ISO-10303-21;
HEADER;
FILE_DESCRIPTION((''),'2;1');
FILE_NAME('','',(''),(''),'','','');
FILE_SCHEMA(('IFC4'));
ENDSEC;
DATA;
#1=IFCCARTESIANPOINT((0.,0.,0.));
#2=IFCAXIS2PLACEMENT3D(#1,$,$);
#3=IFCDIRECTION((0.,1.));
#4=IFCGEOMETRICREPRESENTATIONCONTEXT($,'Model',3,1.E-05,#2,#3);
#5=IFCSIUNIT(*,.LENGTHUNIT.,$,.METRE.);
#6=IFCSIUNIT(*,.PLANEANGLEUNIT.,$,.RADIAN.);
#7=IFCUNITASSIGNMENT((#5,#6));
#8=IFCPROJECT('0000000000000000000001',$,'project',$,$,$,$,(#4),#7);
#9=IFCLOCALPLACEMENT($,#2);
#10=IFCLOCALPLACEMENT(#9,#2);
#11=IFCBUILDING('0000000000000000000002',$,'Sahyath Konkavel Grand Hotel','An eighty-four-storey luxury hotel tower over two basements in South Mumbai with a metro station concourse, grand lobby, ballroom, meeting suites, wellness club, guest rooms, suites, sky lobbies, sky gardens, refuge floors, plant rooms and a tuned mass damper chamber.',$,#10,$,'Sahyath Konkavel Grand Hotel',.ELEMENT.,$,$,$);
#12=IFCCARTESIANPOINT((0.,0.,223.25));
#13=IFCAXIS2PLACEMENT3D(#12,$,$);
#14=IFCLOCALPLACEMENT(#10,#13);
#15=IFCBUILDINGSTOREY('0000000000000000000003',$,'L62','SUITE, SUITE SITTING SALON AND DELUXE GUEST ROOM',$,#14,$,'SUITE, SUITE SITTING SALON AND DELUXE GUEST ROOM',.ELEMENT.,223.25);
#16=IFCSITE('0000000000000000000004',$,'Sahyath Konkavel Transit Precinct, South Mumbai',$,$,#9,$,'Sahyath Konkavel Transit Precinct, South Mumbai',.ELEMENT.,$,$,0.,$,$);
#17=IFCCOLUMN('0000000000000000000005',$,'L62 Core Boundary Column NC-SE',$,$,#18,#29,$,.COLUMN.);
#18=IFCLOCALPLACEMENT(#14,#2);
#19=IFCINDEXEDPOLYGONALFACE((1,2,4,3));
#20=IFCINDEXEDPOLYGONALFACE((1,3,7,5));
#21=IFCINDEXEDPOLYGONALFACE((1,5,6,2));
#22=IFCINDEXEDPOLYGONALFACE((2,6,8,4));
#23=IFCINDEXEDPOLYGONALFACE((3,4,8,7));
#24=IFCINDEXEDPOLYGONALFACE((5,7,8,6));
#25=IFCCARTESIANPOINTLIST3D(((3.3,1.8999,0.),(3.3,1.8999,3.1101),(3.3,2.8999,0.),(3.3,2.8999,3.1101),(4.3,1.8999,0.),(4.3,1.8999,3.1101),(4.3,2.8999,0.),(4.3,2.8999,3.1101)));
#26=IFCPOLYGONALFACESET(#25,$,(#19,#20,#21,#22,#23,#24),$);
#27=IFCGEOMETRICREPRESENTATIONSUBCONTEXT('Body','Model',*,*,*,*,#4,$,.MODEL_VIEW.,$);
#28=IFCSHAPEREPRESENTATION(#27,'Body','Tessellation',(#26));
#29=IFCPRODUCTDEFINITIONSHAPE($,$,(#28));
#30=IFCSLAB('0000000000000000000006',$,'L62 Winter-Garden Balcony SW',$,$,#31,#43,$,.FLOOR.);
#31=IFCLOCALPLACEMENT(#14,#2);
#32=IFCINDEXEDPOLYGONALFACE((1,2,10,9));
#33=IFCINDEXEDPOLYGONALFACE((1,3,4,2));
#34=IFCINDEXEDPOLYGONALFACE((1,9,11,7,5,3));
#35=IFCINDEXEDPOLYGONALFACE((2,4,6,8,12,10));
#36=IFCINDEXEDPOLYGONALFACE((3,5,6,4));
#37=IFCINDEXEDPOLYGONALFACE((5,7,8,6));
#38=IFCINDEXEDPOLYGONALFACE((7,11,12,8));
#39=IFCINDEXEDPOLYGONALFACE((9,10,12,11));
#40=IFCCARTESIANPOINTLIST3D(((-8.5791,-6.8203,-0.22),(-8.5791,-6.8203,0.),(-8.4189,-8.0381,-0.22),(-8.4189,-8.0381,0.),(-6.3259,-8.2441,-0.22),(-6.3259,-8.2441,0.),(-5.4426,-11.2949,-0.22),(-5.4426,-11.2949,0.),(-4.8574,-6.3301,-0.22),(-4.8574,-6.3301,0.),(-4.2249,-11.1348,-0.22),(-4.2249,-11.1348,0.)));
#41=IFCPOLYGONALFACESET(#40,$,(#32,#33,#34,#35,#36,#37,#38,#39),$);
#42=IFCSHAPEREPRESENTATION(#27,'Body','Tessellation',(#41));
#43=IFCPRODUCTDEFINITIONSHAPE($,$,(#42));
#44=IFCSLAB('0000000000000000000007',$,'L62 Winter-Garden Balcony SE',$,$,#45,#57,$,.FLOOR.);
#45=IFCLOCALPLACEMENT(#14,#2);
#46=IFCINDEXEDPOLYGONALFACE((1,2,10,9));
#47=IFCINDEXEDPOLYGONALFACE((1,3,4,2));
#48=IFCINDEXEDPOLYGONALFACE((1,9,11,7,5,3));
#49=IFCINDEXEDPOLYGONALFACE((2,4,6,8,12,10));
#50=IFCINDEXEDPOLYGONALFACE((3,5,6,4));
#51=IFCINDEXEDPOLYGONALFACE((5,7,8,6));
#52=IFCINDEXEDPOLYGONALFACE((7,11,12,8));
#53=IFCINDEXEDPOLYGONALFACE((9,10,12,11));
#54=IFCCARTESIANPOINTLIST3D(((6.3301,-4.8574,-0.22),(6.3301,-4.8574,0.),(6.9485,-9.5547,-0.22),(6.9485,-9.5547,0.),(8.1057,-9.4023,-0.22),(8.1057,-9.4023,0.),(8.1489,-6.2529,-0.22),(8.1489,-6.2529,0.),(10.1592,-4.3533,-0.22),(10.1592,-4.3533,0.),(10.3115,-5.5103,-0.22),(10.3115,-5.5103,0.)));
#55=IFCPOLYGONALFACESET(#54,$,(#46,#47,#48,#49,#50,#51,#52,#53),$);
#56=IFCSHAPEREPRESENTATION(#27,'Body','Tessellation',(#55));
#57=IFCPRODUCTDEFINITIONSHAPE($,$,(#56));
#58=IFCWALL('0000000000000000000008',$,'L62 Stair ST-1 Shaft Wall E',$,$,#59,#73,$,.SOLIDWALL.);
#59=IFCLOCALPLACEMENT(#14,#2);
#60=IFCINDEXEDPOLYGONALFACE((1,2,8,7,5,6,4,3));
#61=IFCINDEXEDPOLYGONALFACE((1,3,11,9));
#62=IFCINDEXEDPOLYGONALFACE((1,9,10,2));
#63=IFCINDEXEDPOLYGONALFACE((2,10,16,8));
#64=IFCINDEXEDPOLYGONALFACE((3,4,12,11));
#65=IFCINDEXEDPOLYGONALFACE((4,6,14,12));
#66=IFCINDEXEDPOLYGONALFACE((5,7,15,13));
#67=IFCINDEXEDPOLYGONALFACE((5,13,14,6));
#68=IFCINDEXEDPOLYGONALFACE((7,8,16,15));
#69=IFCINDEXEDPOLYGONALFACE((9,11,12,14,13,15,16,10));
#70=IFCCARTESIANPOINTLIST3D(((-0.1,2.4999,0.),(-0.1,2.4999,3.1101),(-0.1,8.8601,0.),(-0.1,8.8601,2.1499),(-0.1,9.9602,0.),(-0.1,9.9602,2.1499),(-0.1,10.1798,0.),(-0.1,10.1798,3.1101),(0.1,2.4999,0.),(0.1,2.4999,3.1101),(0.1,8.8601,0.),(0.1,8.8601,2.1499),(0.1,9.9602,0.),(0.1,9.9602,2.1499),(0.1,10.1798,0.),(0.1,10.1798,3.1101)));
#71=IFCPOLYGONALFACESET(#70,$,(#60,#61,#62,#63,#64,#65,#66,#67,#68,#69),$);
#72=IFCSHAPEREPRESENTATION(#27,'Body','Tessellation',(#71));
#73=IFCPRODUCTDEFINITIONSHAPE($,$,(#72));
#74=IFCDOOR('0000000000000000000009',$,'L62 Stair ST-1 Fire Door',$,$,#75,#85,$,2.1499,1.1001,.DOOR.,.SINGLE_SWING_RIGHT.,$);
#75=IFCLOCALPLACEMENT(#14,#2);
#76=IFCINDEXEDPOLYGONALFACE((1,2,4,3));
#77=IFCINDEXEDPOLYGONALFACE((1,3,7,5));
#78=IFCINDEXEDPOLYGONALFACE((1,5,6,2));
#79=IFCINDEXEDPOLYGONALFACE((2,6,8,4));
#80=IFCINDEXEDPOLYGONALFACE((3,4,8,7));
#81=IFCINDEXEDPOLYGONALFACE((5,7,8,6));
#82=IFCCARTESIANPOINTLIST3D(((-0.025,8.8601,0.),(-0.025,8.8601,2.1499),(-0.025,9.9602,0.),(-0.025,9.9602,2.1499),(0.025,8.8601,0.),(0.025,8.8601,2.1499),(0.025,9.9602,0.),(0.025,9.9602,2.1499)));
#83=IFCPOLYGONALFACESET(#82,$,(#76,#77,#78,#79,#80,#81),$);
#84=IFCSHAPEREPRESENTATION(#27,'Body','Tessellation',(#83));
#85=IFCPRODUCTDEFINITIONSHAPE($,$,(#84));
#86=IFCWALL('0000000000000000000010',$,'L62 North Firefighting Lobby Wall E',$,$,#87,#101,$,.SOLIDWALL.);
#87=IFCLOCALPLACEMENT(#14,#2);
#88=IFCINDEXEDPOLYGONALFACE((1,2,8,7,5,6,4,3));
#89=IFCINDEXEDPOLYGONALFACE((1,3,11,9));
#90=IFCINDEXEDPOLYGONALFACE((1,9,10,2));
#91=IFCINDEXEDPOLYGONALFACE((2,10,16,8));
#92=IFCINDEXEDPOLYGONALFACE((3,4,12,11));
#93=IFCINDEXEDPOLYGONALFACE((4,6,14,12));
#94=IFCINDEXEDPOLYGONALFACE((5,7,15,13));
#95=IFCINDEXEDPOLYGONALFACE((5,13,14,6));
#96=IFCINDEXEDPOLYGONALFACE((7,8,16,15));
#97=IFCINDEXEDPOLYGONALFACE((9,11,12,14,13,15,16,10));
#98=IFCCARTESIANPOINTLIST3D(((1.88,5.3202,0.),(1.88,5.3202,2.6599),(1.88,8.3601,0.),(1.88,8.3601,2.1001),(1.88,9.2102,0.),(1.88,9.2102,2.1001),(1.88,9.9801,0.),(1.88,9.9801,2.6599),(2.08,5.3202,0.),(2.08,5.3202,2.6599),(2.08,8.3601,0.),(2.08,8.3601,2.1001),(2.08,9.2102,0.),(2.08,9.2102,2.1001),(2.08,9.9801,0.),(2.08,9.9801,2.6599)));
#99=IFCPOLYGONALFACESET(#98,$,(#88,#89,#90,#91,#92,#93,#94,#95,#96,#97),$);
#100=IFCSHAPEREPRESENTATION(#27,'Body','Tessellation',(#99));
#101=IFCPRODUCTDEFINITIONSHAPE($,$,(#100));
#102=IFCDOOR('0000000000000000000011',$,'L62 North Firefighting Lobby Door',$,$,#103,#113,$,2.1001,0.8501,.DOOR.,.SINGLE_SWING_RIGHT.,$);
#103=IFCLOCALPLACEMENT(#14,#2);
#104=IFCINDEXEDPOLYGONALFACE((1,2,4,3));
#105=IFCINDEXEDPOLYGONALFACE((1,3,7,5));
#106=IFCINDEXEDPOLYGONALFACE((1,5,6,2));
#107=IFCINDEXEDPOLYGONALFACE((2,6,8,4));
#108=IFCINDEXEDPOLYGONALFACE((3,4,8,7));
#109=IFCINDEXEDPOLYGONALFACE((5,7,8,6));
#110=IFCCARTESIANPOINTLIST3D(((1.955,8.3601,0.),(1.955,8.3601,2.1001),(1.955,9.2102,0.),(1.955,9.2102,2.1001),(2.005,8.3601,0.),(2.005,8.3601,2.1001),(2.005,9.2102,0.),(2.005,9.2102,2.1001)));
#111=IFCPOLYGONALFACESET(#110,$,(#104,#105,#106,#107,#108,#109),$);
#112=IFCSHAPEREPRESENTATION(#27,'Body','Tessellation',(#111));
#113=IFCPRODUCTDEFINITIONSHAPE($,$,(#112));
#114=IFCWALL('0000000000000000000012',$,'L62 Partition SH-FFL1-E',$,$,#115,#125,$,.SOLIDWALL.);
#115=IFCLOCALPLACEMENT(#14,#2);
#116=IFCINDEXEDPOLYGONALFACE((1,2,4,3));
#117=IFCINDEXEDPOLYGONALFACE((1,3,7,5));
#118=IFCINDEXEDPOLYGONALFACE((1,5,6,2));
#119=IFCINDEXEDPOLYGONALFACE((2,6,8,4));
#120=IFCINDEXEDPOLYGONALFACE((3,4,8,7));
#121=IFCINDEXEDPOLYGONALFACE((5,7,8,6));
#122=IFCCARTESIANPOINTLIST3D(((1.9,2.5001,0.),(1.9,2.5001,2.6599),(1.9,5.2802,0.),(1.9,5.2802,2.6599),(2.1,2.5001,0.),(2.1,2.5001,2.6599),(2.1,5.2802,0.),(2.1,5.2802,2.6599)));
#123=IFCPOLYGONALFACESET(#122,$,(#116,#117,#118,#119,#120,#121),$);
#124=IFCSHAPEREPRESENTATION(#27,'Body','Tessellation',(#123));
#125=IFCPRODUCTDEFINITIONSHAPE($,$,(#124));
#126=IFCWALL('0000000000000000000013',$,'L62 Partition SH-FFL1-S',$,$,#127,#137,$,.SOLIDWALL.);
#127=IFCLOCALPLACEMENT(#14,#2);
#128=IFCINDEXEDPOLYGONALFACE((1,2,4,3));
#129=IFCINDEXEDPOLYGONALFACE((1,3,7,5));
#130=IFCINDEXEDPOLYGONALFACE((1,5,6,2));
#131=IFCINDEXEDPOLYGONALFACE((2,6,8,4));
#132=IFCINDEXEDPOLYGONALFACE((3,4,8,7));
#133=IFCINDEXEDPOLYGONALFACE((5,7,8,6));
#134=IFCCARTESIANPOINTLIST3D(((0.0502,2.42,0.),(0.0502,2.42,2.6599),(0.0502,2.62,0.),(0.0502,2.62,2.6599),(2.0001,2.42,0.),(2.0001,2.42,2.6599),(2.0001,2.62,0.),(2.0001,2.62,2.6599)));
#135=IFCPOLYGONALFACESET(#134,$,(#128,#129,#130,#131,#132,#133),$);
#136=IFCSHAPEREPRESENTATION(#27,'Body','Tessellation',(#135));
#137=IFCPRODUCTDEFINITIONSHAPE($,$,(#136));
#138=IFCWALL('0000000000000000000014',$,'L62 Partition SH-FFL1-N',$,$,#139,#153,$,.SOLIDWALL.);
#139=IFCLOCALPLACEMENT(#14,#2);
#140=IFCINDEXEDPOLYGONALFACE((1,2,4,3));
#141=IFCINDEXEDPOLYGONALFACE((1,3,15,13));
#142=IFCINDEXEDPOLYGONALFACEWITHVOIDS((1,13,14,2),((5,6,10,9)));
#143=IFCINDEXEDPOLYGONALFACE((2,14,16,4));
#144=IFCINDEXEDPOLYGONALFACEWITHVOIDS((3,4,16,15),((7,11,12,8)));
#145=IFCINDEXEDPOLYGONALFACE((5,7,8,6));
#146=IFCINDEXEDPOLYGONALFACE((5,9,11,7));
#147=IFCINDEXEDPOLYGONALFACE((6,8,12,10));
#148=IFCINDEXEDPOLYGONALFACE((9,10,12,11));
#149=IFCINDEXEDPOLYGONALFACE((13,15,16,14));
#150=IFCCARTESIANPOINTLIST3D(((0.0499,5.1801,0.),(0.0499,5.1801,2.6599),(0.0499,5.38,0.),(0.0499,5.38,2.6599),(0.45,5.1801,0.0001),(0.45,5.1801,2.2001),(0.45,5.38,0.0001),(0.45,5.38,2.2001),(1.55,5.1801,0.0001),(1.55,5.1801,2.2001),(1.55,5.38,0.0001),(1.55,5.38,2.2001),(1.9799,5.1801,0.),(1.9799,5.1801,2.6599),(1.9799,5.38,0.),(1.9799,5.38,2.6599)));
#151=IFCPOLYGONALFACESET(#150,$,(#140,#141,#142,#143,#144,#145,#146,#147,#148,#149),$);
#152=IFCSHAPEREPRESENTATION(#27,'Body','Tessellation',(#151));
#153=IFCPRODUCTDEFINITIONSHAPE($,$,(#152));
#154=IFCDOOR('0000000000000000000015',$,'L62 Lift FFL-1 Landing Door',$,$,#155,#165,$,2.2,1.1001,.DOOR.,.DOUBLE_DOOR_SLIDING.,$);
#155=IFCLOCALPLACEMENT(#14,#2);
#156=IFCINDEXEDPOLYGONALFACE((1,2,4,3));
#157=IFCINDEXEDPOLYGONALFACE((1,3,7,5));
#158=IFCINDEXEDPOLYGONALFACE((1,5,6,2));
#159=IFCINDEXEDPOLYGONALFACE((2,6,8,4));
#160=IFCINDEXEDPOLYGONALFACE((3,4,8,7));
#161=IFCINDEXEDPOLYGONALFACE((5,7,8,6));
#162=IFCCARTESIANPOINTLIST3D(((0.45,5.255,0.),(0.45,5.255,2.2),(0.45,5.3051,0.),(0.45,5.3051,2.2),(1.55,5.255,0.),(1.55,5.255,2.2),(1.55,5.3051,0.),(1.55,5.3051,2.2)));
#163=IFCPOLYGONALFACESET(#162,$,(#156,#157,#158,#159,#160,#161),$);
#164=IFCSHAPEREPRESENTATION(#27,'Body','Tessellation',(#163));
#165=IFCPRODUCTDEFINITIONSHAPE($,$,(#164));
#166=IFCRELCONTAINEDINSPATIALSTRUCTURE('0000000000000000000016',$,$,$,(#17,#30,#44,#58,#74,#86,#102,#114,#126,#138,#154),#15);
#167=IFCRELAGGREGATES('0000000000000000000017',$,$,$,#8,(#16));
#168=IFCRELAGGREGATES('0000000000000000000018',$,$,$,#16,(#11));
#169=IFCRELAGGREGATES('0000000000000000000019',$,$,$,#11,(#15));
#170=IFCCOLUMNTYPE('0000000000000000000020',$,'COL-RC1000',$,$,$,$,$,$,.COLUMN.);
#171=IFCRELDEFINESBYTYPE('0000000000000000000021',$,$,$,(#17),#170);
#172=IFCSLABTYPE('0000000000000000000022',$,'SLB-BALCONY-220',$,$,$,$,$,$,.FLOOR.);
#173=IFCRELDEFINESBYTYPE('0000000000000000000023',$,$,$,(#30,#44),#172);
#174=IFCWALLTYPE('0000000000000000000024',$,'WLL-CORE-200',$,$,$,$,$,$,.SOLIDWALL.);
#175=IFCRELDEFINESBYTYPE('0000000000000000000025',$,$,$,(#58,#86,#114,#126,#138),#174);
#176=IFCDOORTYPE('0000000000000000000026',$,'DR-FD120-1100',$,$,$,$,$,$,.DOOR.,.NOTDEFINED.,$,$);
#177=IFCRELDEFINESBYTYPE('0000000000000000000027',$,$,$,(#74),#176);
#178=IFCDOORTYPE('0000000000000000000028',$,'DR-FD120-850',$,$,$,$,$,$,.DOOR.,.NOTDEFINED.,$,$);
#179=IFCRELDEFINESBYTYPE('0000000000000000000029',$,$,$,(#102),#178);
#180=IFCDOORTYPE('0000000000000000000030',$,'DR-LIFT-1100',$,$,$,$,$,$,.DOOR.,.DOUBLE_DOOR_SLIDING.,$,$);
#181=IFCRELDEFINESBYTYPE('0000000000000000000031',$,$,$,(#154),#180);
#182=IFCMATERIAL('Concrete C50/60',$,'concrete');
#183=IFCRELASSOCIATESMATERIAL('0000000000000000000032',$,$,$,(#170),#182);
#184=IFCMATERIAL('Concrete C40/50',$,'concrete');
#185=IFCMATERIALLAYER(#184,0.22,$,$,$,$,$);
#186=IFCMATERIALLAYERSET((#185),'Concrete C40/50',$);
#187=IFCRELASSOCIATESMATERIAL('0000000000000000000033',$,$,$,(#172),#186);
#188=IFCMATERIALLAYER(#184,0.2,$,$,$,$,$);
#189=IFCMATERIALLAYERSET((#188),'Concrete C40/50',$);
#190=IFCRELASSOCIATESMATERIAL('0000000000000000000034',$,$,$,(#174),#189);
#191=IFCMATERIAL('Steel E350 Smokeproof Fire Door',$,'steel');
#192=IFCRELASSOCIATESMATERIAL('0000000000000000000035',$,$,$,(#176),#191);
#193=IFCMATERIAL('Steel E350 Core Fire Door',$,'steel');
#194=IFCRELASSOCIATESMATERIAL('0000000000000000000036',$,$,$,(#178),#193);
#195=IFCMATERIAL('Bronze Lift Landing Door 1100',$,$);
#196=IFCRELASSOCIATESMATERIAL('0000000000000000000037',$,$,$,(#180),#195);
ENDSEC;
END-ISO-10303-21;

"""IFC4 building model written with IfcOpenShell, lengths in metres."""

from ifc_helpers import new_model, si_unit, direction, frame, frame_2d, origin, origin_2d, place, context, subcontext, project, spatial, polyline, rectangle, outline, extrude, source, transform, mapped, material, layer, layer_set, material_profile, profile_set, type_object, element, fill, save


model = new_model("IFC4")

# Units and contexts
model_context = context("Model", 3, precision=1e-05, world=origin(), true_north=direction((0.0, 1.0)))
body_context = subcontext(model_context, "Body", "Model", "MODEL_VIEW")
ifc_project = project(units=[si_unit("LENGTHUNIT", "METRE"), si_unit("PLANEANGLEUNIT", "RADIAN")], contexts=[model_context])

# Site, building, storey
site_placement = place(None, origin())
site = spatial("IfcSite", under=ifc_project, at=site_placement, Name="Sahyath Konkavel Transit Precinct, South Mumbai", LongName="Sahyath Konkavel Transit Precinct, South Mumbai", CompositionType="ELEMENT", RefElevation=0.0)
building_placement = place(site_placement, origin())
building = spatial("IfcBuilding", under=site, at=building_placement, Name="Sahyath Konkavel Grand Hotel", Description="An eighty-four-storey luxury hotel tower over two basements in South Mumbai with a metro station concourse, grand lobby, ballroom, meeting suites, wellness club, guest rooms, suites, sky lobbies, sky gardens, refuge floors, plant rooms and a tuned mass damper chamber.", LongName="Sahyath Konkavel Grand Hotel", CompositionType="ELEMENT")
storey_placement = place(building_placement, frame((0.0, 0.0, 223.25)))
storey = spatial("IfcBuildingStorey", under=building, at=storey_placement, Name="L62", Description="SUITE, SUITE SITTING SALON AND DELUXE GUEST ROOM", LongName="SUITE, SUITE SITTING SALON AND DELUXE GUEST ROOM", CompositionType="ELEMENT", Elevation=223.25)

# Column
ifc_material_1 = material(Name="Concrete C50/60", Category="concrete")
ifc_material_profile = material_profile(ifc_material_1, rectangle(XDim=1.0, YDim=1.0, at=origin_2d()), Name="RC 1000x1000")
ifc_profile_set = profile_set([ifc_material_profile], Name="Concrete C50/60")
column_type = type_object("IfcColumnType", Name="COL-RC1000", PredefinedType="COLUMN", material=ifc_profile_set)
shared_shape_1 = source(origin(), body_context, "Body", "SweptSolid", [
    extrude(rectangle(XDim=1.0, YDim=1.0, at=origin_2d()), origin(), (0.0, 0.0, 1.0), 3.1101),
])
column_placement = place(storey_placement, frame((3.8, 2.3999, 0.0), z_axis=(0.0, 0.0, 1.0), x_axis=(1.0, 0.0, 0.0)))
element("IfcColumn", 1, at=column_placement, inside=storey, type_object=column_type, Name="L62 Core Boundary Column NC-SE", PredefinedType="COLUMN", context=body_context, shape_type="MappedRepresentation", body=[
    mapped(shared_shape_1, transform((0.0, 0.0, 0.0), scale=1.0)),
])

# Slabs
ifc_material_2 = material(Name="Concrete C40/50", Category="concrete")
ifc_layer_1 = layer(ifc_material_2, 0.22)
ifc_layer_set_1 = layer_set([ifc_layer_1], Name="Concrete C40/50")
slab_type = type_object("IfcSlabType", Name="SLB-BALCONY-220", PredefinedType="FLOOR", material=ifc_layer_set_1)
slab_1_placement = place(storey_placement, frame((0.0, 0.0, -0.22)))
element("IfcSlab", 2, at=slab_1_placement, inside=storey, type_object=slab_type, Name="L62 Winter-Garden Balcony SW", PredefinedType="FLOOR", context=body_context, shape_type="SweptSolid", body=[
    extrude(outline(polyline([(-4.8574, -6.3301), (-8.5791, -6.8203), (-8.4189, -8.0381), (-6.3259, -8.2441), (-5.4426, -11.2949), (-4.2249, -11.1348), (-4.8574, -6.3301)])), origin(), (0.0, 0.0, 1.0), 0.22),
])
slab_2_placement = place(storey_placement, frame((0.0, 0.0, -0.22)))
element("IfcSlab", 3, at=slab_2_placement, inside=storey, type_object=slab_type, Name="L62 Winter-Garden Balcony SE", PredefinedType="FLOOR", context=body_context, shape_type="SweptSolid", body=[
    extrude(outline(polyline([(6.3301, -4.8574), (6.9485, -9.5547), (8.1057, -9.4023), (8.1489, -6.2529), (10.3115, -5.5103), (10.1592, -4.3533), (6.3301, -4.8574)])), origin(), (0.0, 0.0, 1.0), 0.22),
])

# Walls, openings, doors
ifc_layer_2 = layer(ifc_material_2, 0.2)
ifc_layer_set_2 = layer_set([ifc_layer_2], Name="Concrete C40/50")
wall_type = type_object("IfcWallType", Name="WLL-CORE-200", PredefinedType="SOLIDWALL", material=ifc_layer_set_2)
wall_1_placement = place(storey_placement, frame((0.0, 2.5, 0.0), z_axis=(0.0, 0.0, 1.0), x_axis=(0.0, 1.0, 0.0)))
wall_1 = element("IfcWall", 4, at=wall_1_placement, inside=storey, type_object=wall_type, Name="L62 Stair ST-1 Shaft Wall E", PredefinedType="SOLIDWALL", context=body_context, shape_type="SweptSolid", body=[
    extrude(rectangle(XDim=7.6799, YDim=0.2, at=frame_2d((3.8398, 0.0))), origin(), (0.0, 0.0, 1.0), 3.1101),
])
opening_1_placement = place(wall_1_placement, frame((6.3601, 0.0, 0.0)))
opening_1 = element("IfcOpeningElement", 5, at=opening_1_placement, cuts=wall_1, PredefinedType="OPENING", context=body_context, shape_type="SweptSolid", body=[
    extrude(rectangle(XDim=1.1001, YDim=2.1499, at=frame_2d((0.55, 1.075))), frame((0.0, 0.1099, 0.0), z_axis=(0.0, -1.0, 0.0), x_axis=(1.0, 0.0, 0.0)), (0.0, 0.0, 1.0), 0.22),
])
ifc_material_3 = material(Name="Steel E350 Smokeproof Fire Door", Category="steel")
door_type_1 = type_object("IfcDoorType", Name="DR-FD120-1100", OperationType="NOTDEFINED", PredefinedType="DOOR", material=ifc_material_3)
shared_shape_2 = source(origin(), body_context, "Body", "SweptSolid", [
    extrude(rectangle(XDim=1.1001, YDim=0.05, at=origin_2d()), origin(), (0.0, 0.0, 1.0), 2.1499),
])
door_1_placement = place(opening_1_placement, frame((0.55, 0.0, 0.0)))
door_1 = element("IfcDoor", 6, at=door_1_placement, inside=storey, type_object=door_type_1, Name="L62 Stair ST-1 Fire Door", OperationType="SINGLE_SWING_RIGHT", OverallHeight=2.1499, OverallWidth=1.1001, PredefinedType="DOOR", context=body_context, shape_type="MappedRepresentation", body=[
    mapped(shared_shape_2, transform((0.0, 0.0, 0.0), scale=1.0)),
])
fill(opening_1, door_1)
wall_2_placement = place(storey_placement, frame((1.98, 5.3201, 0.0), z_axis=(0.0, 0.0, 1.0), x_axis=(0.0, 1.0, 0.0)))
wall_2 = element("IfcWall", 7, at=wall_2_placement, inside=storey, type_object=wall_type, Name="L62 North Firefighting Lobby Wall E", PredefinedType="SOLIDWALL", context=body_context, shape_type="SweptSolid", body=[
    extrude(rectangle(XDim=4.6599, YDim=0.2, at=frame_2d((2.3301, 0.0))), origin(), (0.0, 0.0, 1.0), 2.6599),
])
opening_2_placement = place(wall_2_placement, frame((3.04, 0.0, 0.0)))
opening_2 = element("IfcOpeningElement", 8, at=opening_2_placement, cuts=wall_2, PredefinedType="OPENING", context=body_context, shape_type="SweptSolid", body=[
    extrude(rectangle(XDim=0.8501, YDim=2.1001, at=frame_2d((0.425, 1.05))), frame((0.0, 0.1099, 0.0), z_axis=(0.0, -1.0, 0.0), x_axis=(1.0, 0.0, 0.0)), (0.0, 0.0, 1.0), 0.22),
])
ifc_material_4 = material(Name="Steel E350 Core Fire Door", Category="steel")
door_type_2 = type_object("IfcDoorType", Name="DR-FD120-850", OperationType="NOTDEFINED", PredefinedType="DOOR", material=ifc_material_4)
shared_shape_3 = source(origin(), body_context, "Body", "SweptSolid", [
    extrude(rectangle(XDim=0.8501, YDim=0.05, at=origin_2d()), origin(), (0.0, 0.0, 1.0), 2.1001),
])
door_2_placement = place(opening_2_placement, frame((0.425, 0.0, 0.0)))
door_2 = element("IfcDoor", 9, at=door_2_placement, inside=storey, type_object=door_type_2, Name="L62 North Firefighting Lobby Door", OperationType="SINGLE_SWING_RIGHT", OverallHeight=2.1001, OverallWidth=0.8501, PredefinedType="DOOR", context=body_context, shape_type="MappedRepresentation", body=[
    mapped(shared_shape_3, transform((0.0, 0.0, 0.0), scale=1.0)),
])
fill(opening_2, door_2)

# Walls
wall_3_placement = place(storey_placement, frame((2.0, 2.5, 0.0), z_axis=(0.0, 0.0, 1.0), x_axis=(0.0, 1.0, 0.0)))
element("IfcWall", 10, at=wall_3_placement, inside=storey, type_object=wall_type, Name="L62 Partition SH-FFL1-E", PredefinedType="SOLIDWALL", context=body_context, shape_type="SweptSolid", body=[
    extrude(rectangle(XDim=2.78, YDim=0.2, at=frame_2d((1.3901, 0.0))), origin(), (0.0, 0.0, 1.0), 2.6599),
])
wall_4_placement = place(storey_placement, frame((0.05, 2.52, 0.0), z_axis=(0.0, 0.0, 1.0), x_axis=(1.0, 0.0, 0.0)))
element("IfcWall", 11, at=wall_4_placement, inside=storey, type_object=wall_type, Name="L62 Partition SH-FFL1-S", PredefinedType="SOLIDWALL", context=body_context, shape_type="SweptSolid", body=[
    extrude(rectangle(XDim=1.95, YDim=0.2, at=frame_2d((0.9751, 0.0))), origin(), (0.0, 0.0, 1.0), 2.6599),
])

# Wall, opening, door
wall_5_placement = place(storey_placement, frame((0.05, 5.28, 0.0), z_axis=(0.0, 0.0, 1.0), x_axis=(1.0, 0.0, 0.0)))
wall_5 = element("IfcWall", 12, at=wall_5_placement, inside=storey, type_object=wall_type, Name="L62 Partition SH-FFL1-N", PredefinedType="SOLIDWALL", context=body_context, shape_type="SweptSolid", body=[
    extrude(rectangle(XDim=1.9299, YDim=0.2, at=frame_2d((0.9648, 0.0))), origin(), (0.0, 0.0, 1.0), 2.6599),
])
opening_3_placement = place(wall_5_placement, frame((0.3999, 0.0, 0.0)))
opening_3 = element("IfcOpeningElement", 13, at=opening_3_placement, cuts=wall_5, PredefinedType="OPENING", context=body_context, shape_type="SweptSolid", body=[
    extrude(rectangle(XDim=1.1001, YDim=2.2, at=frame_2d((0.55, 1.1001))), frame((0.0, 0.1099, 0.0), z_axis=(0.0, -1.0, 0.0), x_axis=(1.0, 0.0, 0.0)), (0.0, 0.0, 1.0), 0.22),
])
ifc_material_5 = material(Name="Bronze Lift Landing Door 1100")
door_type_3 = type_object("IfcDoorType", Name="DR-LIFT-1100", OperationType="DOUBLE_DOOR_SLIDING", PredefinedType="DOOR", material=ifc_material_5)
shared_shape_4 = source(origin(), body_context, "Body", "SweptSolid", [
    extrude(rectangle(XDim=1.1001, YDim=0.05, at=origin_2d()), origin(), (0.0, 0.0, 1.0), 2.2),
])
door_3_placement = place(opening_3_placement, frame((0.55, 0.0, 0.0)))
door_3 = element("IfcDoor", 14, at=door_3_placement, inside=storey, type_object=door_type_3, Name="L62 Lift FFL-1 Landing Door", OperationType="DOUBLE_DOOR_SLIDING", OverallHeight=2.2, OverallWidth=1.1001, PredefinedType="DOOR", context=body_context, shape_type="MappedRepresentation", body=[
    mapped(shared_shape_4, transform((0.0, 0.0, 0.0), scale=1.0)),
])
fill(opening_3, door_3)

save(model, "model.ifc")
